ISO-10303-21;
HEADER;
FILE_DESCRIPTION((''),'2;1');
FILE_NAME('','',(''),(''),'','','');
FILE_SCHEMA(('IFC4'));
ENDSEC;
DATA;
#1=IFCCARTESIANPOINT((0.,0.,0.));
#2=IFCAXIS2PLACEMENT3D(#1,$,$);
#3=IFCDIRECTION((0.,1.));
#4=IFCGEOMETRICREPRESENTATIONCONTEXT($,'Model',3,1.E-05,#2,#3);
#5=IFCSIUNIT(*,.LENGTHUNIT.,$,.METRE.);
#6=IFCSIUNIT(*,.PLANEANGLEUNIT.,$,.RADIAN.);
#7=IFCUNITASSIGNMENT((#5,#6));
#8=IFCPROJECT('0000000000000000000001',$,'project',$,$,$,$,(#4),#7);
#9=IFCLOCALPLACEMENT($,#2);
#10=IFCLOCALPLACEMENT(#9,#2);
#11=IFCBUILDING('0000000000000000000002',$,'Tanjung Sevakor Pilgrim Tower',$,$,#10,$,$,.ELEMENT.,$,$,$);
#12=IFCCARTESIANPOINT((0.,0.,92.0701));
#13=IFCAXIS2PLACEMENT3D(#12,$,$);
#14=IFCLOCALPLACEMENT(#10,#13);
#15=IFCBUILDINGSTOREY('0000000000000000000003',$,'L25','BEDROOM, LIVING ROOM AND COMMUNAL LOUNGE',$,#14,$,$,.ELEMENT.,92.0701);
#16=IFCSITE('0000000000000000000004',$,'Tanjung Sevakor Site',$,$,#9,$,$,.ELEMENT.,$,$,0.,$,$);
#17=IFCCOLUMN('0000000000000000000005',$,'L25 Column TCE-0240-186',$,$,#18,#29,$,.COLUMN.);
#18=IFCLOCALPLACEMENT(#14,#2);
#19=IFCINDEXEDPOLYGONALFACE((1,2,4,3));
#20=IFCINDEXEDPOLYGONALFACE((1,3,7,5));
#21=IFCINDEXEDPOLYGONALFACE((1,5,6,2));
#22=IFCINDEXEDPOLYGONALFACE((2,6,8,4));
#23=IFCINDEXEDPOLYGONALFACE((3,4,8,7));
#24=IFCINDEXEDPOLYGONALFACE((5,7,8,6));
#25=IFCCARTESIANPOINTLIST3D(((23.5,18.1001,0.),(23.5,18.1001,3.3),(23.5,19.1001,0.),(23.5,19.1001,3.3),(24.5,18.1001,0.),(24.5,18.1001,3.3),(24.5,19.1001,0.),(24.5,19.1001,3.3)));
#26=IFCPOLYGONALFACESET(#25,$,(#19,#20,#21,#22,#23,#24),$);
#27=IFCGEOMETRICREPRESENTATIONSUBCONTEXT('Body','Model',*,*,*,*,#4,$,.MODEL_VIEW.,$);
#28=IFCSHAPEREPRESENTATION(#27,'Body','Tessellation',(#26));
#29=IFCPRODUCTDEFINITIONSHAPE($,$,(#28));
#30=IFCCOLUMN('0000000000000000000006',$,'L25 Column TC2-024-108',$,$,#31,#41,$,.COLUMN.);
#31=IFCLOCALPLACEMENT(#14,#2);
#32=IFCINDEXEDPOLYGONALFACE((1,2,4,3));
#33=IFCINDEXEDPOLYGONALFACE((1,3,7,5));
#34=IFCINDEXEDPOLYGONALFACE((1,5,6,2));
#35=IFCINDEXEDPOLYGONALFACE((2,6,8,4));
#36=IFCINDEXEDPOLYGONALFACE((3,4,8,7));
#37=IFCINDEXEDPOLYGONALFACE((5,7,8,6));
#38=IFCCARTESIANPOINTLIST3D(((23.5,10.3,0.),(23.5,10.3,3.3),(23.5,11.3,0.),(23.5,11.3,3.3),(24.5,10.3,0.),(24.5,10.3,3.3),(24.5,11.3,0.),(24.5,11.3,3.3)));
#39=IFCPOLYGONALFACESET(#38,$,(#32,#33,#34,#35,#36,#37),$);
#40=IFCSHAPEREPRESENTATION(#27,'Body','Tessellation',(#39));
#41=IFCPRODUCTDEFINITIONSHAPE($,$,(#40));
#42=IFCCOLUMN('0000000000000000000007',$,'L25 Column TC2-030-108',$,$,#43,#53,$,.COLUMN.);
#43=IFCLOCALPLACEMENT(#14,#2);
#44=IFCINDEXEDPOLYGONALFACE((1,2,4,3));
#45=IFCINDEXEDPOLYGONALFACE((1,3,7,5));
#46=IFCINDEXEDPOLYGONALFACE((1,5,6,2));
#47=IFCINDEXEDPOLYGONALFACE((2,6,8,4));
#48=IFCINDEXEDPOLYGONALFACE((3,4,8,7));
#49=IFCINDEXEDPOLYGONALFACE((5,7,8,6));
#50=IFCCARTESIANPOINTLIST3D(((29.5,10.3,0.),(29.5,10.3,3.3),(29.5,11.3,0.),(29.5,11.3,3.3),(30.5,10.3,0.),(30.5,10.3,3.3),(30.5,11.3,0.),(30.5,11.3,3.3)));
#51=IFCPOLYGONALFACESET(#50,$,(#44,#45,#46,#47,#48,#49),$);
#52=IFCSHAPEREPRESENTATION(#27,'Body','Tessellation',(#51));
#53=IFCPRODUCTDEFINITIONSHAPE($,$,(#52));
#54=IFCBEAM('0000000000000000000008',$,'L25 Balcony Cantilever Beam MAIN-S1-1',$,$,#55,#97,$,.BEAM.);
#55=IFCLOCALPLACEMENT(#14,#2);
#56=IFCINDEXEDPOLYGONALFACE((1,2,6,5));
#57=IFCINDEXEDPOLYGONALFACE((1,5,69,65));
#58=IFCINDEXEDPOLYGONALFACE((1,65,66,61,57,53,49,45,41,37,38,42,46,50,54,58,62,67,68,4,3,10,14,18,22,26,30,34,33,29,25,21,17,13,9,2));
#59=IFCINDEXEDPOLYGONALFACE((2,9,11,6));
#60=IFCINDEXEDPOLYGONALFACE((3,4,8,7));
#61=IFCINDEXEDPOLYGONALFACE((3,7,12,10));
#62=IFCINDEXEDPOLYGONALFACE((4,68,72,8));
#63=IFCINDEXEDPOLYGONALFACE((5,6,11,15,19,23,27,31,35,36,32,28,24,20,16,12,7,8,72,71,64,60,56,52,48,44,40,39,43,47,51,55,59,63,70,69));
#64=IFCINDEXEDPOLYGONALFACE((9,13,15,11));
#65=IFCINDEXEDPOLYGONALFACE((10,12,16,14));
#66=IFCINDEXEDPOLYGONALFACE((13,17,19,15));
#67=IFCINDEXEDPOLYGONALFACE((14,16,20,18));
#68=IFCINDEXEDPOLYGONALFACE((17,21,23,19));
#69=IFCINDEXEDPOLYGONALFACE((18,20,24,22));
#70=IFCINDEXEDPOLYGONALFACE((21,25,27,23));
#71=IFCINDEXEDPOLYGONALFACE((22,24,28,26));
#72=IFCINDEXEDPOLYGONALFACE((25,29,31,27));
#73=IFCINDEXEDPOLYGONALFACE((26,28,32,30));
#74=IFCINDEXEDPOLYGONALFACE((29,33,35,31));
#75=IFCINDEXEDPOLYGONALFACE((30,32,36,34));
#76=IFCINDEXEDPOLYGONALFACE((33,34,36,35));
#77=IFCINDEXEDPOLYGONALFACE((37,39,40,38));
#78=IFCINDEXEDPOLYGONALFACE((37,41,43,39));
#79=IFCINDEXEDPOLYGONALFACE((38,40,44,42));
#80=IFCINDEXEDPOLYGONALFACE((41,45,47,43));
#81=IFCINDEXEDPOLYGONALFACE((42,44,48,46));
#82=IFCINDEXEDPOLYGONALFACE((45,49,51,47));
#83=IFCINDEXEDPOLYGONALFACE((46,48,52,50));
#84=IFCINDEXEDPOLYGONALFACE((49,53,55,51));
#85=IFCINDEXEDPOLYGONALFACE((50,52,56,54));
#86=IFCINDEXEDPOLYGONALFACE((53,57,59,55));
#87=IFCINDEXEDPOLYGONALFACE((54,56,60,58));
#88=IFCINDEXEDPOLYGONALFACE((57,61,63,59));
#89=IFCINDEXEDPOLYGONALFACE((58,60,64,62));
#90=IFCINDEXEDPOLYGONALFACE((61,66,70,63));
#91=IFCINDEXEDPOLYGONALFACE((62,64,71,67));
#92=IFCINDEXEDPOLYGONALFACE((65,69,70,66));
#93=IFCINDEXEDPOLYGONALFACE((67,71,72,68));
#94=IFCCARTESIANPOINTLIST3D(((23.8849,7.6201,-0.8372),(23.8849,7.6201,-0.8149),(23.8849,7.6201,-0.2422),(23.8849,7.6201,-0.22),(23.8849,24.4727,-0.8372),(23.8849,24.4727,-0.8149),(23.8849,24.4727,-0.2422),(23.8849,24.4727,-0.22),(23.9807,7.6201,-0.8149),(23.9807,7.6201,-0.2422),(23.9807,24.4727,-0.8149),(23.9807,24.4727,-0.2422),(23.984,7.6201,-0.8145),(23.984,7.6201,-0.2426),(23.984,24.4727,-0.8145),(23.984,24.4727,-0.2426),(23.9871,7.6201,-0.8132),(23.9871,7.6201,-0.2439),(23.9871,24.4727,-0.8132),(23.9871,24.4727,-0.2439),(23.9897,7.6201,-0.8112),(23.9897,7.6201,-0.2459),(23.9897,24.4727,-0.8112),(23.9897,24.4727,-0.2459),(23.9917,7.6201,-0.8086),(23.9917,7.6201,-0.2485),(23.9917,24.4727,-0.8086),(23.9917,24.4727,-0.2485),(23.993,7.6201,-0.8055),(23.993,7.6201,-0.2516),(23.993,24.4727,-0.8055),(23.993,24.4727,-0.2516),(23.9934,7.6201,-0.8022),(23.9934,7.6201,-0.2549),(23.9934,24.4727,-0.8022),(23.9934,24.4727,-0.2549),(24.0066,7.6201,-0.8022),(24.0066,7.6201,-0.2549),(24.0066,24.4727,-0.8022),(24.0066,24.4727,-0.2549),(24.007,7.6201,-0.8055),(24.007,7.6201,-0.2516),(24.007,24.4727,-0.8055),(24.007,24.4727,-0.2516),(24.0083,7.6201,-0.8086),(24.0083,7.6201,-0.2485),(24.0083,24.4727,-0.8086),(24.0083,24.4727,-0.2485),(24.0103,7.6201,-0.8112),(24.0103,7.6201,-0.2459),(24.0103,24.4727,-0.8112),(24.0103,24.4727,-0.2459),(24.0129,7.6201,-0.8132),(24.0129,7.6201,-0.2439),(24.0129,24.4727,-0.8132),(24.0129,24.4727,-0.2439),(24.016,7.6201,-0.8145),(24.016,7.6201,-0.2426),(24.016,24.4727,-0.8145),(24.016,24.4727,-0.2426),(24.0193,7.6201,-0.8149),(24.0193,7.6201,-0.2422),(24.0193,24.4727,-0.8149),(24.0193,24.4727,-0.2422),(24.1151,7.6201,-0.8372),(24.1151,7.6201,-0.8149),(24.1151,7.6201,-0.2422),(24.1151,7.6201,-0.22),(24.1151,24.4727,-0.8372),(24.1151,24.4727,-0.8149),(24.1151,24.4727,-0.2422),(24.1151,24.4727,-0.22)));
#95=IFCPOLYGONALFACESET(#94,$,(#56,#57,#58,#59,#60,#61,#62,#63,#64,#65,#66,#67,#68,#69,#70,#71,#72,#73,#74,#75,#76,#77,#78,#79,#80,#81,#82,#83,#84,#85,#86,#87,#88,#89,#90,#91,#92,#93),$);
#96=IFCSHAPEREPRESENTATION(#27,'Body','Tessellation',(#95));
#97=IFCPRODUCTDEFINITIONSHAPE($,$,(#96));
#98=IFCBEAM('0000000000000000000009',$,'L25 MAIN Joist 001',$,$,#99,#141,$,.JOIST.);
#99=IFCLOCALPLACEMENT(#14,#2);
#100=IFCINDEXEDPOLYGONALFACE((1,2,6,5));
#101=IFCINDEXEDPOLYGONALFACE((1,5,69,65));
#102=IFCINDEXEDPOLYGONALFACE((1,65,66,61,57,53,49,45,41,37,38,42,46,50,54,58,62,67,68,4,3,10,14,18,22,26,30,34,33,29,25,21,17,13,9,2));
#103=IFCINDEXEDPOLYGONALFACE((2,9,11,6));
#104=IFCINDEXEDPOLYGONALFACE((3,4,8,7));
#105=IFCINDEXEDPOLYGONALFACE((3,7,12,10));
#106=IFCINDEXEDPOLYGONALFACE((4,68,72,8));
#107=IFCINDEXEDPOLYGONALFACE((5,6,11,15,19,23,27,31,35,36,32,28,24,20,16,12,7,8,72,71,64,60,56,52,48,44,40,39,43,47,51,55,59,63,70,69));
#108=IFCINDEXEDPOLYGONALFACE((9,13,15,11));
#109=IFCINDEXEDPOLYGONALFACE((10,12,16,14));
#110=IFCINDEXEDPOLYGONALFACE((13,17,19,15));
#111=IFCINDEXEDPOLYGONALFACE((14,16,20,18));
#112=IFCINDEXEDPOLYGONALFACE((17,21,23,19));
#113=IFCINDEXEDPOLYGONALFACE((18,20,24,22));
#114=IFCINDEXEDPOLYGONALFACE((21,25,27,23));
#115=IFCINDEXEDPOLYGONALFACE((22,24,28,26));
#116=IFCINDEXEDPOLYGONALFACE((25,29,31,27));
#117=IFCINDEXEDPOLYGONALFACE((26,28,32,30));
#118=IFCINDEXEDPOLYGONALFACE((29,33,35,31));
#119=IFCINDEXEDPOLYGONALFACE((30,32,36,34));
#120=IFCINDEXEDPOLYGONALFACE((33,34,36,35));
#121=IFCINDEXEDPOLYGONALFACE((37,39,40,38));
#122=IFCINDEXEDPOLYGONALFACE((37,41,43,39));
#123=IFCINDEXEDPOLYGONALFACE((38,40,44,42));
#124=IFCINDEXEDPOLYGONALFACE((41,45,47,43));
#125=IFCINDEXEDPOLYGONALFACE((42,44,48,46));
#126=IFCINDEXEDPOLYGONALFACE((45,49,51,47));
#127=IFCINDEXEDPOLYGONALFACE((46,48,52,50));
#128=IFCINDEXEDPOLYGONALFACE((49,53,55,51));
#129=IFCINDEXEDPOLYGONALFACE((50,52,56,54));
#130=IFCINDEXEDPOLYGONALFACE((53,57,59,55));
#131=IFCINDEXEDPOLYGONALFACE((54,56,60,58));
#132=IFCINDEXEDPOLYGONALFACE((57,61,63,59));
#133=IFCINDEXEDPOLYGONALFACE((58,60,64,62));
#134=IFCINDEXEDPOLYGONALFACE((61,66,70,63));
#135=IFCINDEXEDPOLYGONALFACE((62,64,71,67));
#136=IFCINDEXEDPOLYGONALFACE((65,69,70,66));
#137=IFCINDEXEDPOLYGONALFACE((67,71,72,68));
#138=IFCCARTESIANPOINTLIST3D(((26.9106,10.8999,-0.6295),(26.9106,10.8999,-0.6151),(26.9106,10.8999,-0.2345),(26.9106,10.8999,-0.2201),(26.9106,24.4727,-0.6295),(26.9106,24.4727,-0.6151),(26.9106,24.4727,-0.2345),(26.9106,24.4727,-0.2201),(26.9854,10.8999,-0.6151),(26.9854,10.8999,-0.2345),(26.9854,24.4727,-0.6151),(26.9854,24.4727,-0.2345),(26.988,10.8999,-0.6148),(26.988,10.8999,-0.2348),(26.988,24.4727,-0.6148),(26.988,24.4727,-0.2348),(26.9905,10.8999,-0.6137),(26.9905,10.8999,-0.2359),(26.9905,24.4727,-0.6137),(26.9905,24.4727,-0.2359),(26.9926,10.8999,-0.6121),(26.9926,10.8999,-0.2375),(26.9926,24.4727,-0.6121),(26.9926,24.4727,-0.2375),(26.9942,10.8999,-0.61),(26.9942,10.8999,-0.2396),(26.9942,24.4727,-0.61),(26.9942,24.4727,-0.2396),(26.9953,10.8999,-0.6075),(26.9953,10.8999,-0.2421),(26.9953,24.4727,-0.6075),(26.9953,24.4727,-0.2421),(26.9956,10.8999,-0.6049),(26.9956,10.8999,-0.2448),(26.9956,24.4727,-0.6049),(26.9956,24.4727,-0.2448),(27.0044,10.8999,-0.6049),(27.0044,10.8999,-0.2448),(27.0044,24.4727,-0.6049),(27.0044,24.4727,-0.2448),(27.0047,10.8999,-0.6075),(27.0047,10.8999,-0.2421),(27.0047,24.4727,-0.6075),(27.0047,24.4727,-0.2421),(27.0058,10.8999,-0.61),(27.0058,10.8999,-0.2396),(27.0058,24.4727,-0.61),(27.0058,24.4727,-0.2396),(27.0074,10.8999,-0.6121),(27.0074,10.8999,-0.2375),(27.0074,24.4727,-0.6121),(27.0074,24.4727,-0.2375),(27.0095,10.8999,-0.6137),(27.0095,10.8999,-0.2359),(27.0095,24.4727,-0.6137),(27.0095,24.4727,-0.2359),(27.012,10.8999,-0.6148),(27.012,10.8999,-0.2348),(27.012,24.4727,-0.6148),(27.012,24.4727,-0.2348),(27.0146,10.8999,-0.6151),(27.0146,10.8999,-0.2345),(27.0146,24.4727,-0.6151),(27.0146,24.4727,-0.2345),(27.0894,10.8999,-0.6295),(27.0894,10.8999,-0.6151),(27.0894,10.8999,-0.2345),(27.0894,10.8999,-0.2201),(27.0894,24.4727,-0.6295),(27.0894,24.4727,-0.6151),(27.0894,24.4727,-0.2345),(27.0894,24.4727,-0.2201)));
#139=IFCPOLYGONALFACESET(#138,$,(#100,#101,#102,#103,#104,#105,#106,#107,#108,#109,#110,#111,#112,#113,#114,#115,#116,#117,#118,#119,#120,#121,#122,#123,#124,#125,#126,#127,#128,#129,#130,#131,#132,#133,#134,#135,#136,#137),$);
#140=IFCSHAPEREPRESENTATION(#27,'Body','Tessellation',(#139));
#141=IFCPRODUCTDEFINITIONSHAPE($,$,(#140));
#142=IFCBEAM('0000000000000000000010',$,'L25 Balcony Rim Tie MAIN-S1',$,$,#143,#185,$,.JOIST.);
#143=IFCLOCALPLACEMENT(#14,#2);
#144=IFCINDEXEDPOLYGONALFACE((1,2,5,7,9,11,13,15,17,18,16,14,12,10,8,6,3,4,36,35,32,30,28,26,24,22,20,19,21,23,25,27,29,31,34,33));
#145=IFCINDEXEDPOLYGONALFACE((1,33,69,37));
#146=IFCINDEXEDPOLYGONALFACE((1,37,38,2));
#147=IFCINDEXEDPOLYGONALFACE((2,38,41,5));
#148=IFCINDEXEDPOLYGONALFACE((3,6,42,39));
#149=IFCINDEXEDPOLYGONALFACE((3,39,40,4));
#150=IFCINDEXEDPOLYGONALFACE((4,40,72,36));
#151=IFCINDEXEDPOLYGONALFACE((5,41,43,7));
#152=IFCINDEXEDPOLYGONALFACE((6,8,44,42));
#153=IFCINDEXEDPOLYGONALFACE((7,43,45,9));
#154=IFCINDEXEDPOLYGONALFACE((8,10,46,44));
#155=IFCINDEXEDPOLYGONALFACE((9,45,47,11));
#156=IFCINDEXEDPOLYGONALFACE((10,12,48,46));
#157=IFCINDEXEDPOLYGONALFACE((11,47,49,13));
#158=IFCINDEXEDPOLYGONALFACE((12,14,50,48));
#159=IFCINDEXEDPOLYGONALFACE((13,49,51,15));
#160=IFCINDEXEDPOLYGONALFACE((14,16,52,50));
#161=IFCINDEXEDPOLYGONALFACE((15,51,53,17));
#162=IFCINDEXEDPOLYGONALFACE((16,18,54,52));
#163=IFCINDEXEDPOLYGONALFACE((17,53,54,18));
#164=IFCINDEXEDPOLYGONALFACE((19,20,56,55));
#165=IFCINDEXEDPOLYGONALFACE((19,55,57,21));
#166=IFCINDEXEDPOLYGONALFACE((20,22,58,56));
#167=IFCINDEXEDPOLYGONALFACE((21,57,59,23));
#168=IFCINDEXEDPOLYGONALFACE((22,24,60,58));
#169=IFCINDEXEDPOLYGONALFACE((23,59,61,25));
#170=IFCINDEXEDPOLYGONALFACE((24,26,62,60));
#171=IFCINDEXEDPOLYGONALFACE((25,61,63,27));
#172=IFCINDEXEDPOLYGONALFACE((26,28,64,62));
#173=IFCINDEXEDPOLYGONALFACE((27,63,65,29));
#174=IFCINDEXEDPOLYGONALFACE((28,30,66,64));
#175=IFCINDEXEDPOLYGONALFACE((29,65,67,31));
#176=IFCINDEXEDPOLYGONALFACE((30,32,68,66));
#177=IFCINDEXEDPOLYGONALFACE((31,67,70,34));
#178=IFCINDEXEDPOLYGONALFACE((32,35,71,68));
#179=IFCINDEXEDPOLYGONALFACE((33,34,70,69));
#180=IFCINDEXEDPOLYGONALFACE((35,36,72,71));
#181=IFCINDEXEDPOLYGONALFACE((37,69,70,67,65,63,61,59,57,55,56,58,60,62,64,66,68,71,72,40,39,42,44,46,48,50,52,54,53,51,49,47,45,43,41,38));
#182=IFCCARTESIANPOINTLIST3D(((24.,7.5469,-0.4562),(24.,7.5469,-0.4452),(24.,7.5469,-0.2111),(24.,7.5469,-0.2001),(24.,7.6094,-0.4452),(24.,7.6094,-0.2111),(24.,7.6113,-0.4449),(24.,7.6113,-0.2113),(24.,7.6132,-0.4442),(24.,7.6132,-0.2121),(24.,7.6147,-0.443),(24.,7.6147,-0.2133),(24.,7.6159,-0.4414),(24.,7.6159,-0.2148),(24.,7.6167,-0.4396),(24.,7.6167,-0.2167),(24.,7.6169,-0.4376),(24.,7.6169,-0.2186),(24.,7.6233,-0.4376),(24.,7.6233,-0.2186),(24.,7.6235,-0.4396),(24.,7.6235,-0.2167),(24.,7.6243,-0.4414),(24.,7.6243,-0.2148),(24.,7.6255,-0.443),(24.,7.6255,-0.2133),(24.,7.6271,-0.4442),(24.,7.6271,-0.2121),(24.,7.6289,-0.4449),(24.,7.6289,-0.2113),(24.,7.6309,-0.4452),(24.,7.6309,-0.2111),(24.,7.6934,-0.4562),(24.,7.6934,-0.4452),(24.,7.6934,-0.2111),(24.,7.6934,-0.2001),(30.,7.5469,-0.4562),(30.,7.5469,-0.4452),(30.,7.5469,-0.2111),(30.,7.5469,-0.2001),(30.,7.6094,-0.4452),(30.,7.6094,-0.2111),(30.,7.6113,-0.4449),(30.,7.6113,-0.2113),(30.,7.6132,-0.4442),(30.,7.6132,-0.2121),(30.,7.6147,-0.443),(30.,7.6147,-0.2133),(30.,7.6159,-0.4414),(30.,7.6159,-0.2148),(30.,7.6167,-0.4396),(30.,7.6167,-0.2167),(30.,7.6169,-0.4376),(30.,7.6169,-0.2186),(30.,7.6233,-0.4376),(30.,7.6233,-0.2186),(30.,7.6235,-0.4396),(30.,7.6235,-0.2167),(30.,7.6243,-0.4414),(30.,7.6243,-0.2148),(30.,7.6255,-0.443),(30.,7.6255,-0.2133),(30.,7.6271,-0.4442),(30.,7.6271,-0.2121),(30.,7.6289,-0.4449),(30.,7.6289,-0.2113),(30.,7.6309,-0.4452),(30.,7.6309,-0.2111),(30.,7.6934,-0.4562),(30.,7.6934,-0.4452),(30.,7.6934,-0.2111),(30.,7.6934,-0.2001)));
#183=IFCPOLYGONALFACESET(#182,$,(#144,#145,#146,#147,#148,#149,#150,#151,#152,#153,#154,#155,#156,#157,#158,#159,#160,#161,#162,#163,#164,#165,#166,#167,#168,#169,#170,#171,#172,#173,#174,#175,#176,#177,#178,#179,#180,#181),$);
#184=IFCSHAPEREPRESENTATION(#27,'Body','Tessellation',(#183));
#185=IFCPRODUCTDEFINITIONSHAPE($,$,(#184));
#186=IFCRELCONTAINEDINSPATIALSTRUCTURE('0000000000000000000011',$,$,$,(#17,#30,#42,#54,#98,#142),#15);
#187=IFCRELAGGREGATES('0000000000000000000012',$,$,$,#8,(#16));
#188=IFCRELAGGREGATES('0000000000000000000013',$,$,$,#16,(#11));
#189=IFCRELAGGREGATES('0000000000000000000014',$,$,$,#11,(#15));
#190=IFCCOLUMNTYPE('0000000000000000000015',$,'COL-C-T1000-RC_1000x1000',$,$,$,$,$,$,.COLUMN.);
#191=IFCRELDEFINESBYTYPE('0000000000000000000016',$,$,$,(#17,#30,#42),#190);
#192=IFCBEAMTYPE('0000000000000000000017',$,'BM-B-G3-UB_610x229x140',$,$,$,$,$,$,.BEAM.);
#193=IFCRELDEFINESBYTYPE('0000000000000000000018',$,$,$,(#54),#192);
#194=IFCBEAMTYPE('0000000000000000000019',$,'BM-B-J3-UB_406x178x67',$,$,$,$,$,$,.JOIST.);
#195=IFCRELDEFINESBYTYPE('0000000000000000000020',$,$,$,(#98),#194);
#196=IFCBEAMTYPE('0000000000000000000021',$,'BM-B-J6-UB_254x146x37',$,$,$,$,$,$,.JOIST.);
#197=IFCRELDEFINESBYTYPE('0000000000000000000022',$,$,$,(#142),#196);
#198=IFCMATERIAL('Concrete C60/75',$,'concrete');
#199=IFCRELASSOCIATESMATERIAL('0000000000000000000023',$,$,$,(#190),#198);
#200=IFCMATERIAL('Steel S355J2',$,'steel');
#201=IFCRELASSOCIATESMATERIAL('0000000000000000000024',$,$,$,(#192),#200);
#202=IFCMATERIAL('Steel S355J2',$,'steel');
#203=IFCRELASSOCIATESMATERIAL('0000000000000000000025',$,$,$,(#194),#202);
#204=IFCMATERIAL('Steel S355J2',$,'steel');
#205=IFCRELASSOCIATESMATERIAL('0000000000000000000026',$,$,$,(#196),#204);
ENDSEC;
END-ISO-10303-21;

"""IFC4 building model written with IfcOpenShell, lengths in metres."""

from ifc_helpers import new_model, si_unit, direction, frame, origin, origin_2d, place, context, subcontext, project, spatial, rectangle, i_section, extrude, material, material_profile, profile_set, type_object, element, save


model = new_model("IFC4")

# Units and contexts
model_context = context("Model", 3, precision=1e-05, world=origin(), true_north=direction((0.0, 1.0)))
body_context = subcontext(model_context, "Body", "Model", "MODEL_VIEW")
ifc_project = project(units=[si_unit("LENGTHUNIT", "METRE"), si_unit("PLANEANGLEUNIT", "RADIAN")], contexts=[model_context])

# Site, building, storey
site_placement = place(None, origin())
site = spatial("IfcSite", under=ifc_project, at=site_placement, Name="Tanjung Sevakor Site", CompositionType="ELEMENT", RefElevation=0.0)
building_placement = place(site_placement, origin())
building = spatial("IfcBuilding", under=site, at=building_placement, Name="Tanjung Sevakor Pilgrim Tower", CompositionType="ELEMENT")
storey_placement = place(building_placement, frame((0.0, 0.0, 92.0701)))
storey = spatial("IfcBuildingStorey", under=building, at=storey_placement, Name="L25", Description="BEDROOM, LIVING ROOM AND COMMUNAL LOUNGE", CompositionType="ELEMENT", Elevation=92.0701)

# Columns
ifc_material_1 = material(Name="Concrete C60/75", Category="concrete")
ifc_material_profile_1 = material_profile(ifc_material_1, rectangle(XDim=1.0, YDim=1.0, at=origin_2d()))
ifc_profile_set_1 = profile_set([ifc_material_profile_1], Name="Concrete C60/75")
column_type = type_object("IfcColumnType", Name="COL-C-T1000-RC_1000x1000", PredefinedType="COLUMN", material=ifc_profile_set_1)
for number, where, z_axis, x_axis, name in (
    (1, (24.0, 18.6001, 0.0), (0.0, 0.0, 1.0), (1.0, 0.0, 0.0), "L25 Column TCE-0240-186"),
    (2, (24.0, 10.8, 0.0), (0.0, 0.0, 1.0), (1.0, 0.0, 0.0), "L25 Column TC2-024-108"),
    (3, (30.0, 10.8, 0.0), (0.0, 0.0, 1.0), (1.0, 0.0, 0.0), "L25 Column TC2-030-108"),
):
    element("IfcColumn", number, at=place(storey_placement, frame(where, z_axis=z_axis, x_axis=x_axis)), inside=storey, type_object=column_type, Name=name, PredefinedType="COLUMN", context=body_context, shape_type="SweptSolid", body=[
        extrude(rectangle(XDim=1.0, YDim=1.0, at=origin_2d()), origin(), (0.0, 0.0, 1.0), 3.3),
    ])

# Beams
ifc_material_2 = material(Name="Steel S355J2", Category="steel")
ifc_material_profile_2 = material_profile(ifc_material_2, i_section(OverallWidth=0.2302, OverallDepth=0.6172, WebThickness=0.0132, FlangeThickness=0.0222, FilletRadius=0.0127, at=origin_2d()))
ifc_profile_set_2 = profile_set([ifc_material_profile_2], Name="Steel S355J2")
beam_type_1 = type_object("IfcBeamType", Name="BM-B-G3-UB_610x229x140", PredefinedType="BEAM", material=ifc_profile_set_2)
beam_1_placement = place(storey_placement, frame((24.0, 24.4727, -0.5286), z_axis=(0.0, -1.0, 0.0), x_axis=(1.0, 0.0, 0.0)))
element("IfcBeam", 4, at=beam_1_placement, inside=storey, type_object=beam_type_1, Name="L25 Balcony Cantilever Beam MAIN-S1-1", PredefinedType="BEAM", context=body_context, shape_type="SweptSolid", body=[
    extrude(i_section(OverallWidth=0.2302, OverallDepth=0.6172, WebThickness=0.0132, FlangeThickness=0.0222, FilletRadius=0.0127, at=origin_2d()), origin(), (0.0, 0.0, 1.0), 16.8525),
])
ifc_material_3 = material(Name="Steel S355J2", Category="steel")
ifc_material_profile_3 = material_profile(ifc_material_3, i_section(OverallWidth=0.1787, OverallDepth=0.4094, WebThickness=0.0088, FlangeThickness=0.0144, FilletRadius=0.0103, at=origin_2d()))
ifc_profile_set_3 = profile_set([ifc_material_profile_3], Name="Steel S355J2")
beam_type_2 = type_object("IfcBeamType", Name="BM-B-J3-UB_406x178x67", PredefinedType="JOIST", material=ifc_profile_set_3)
beam_2_placement = place(storey_placement, frame((27.0, 10.8999, -0.4248), z_axis=(0.0, 1.0, 0.0), x_axis=(-1.0, 0.0, 0.0)))
element("IfcBeam", 5, at=beam_2_placement, inside=storey, type_object=beam_type_2, Name="L25 MAIN Joist 001", PredefinedType="JOIST", context=body_context, shape_type="SweptSolid", body=[
    extrude(i_section(OverallWidth=0.1787, OverallDepth=0.4094, WebThickness=0.0088, FlangeThickness=0.0144, FilletRadius=0.0103, at=origin_2d()), origin(), (0.0, 0.0, 1.0), 13.5728),
])
ifc_material_4 = material(Name="Steel S355J2", Category="steel")
ifc_material_profile_4 = material_profile(ifc_material_4, i_section(OverallWidth=0.1465, OverallDepth=0.2561, WebThickness=0.0063, FlangeThickness=0.011, FilletRadius=0.0076, at=origin_2d()))
ifc_profile_set_4 = profile_set([ifc_material_profile_4], Name="Steel S355J2")
beam_type_3 = type_object("IfcBeamType", Name="BM-B-J6-UB_254x146x37", PredefinedType="JOIST", material=ifc_profile_set_4)
beam_3_placement = place(storey_placement, frame((24.0, 7.6201, -0.3281), z_axis=(1.0, 0.0, 0.0), x_axis=(0.0, 1.0, 0.0)))
element("IfcBeam", 6, at=beam_3_placement, inside=storey, type_object=beam_type_3, Name="L25 Balcony Rim Tie MAIN-S1", PredefinedType="JOIST", context=body_context, shape_type="SweptSolid", body=[
    extrude(i_section(OverallWidth=0.1465, OverallDepth=0.2561, WebThickness=0.0063, FlangeThickness=0.011, FilletRadius=0.0076, at=origin_2d()), origin(), (0.0, 0.0, 1.0), 6.0),
])

save(model, "model.ifc")
